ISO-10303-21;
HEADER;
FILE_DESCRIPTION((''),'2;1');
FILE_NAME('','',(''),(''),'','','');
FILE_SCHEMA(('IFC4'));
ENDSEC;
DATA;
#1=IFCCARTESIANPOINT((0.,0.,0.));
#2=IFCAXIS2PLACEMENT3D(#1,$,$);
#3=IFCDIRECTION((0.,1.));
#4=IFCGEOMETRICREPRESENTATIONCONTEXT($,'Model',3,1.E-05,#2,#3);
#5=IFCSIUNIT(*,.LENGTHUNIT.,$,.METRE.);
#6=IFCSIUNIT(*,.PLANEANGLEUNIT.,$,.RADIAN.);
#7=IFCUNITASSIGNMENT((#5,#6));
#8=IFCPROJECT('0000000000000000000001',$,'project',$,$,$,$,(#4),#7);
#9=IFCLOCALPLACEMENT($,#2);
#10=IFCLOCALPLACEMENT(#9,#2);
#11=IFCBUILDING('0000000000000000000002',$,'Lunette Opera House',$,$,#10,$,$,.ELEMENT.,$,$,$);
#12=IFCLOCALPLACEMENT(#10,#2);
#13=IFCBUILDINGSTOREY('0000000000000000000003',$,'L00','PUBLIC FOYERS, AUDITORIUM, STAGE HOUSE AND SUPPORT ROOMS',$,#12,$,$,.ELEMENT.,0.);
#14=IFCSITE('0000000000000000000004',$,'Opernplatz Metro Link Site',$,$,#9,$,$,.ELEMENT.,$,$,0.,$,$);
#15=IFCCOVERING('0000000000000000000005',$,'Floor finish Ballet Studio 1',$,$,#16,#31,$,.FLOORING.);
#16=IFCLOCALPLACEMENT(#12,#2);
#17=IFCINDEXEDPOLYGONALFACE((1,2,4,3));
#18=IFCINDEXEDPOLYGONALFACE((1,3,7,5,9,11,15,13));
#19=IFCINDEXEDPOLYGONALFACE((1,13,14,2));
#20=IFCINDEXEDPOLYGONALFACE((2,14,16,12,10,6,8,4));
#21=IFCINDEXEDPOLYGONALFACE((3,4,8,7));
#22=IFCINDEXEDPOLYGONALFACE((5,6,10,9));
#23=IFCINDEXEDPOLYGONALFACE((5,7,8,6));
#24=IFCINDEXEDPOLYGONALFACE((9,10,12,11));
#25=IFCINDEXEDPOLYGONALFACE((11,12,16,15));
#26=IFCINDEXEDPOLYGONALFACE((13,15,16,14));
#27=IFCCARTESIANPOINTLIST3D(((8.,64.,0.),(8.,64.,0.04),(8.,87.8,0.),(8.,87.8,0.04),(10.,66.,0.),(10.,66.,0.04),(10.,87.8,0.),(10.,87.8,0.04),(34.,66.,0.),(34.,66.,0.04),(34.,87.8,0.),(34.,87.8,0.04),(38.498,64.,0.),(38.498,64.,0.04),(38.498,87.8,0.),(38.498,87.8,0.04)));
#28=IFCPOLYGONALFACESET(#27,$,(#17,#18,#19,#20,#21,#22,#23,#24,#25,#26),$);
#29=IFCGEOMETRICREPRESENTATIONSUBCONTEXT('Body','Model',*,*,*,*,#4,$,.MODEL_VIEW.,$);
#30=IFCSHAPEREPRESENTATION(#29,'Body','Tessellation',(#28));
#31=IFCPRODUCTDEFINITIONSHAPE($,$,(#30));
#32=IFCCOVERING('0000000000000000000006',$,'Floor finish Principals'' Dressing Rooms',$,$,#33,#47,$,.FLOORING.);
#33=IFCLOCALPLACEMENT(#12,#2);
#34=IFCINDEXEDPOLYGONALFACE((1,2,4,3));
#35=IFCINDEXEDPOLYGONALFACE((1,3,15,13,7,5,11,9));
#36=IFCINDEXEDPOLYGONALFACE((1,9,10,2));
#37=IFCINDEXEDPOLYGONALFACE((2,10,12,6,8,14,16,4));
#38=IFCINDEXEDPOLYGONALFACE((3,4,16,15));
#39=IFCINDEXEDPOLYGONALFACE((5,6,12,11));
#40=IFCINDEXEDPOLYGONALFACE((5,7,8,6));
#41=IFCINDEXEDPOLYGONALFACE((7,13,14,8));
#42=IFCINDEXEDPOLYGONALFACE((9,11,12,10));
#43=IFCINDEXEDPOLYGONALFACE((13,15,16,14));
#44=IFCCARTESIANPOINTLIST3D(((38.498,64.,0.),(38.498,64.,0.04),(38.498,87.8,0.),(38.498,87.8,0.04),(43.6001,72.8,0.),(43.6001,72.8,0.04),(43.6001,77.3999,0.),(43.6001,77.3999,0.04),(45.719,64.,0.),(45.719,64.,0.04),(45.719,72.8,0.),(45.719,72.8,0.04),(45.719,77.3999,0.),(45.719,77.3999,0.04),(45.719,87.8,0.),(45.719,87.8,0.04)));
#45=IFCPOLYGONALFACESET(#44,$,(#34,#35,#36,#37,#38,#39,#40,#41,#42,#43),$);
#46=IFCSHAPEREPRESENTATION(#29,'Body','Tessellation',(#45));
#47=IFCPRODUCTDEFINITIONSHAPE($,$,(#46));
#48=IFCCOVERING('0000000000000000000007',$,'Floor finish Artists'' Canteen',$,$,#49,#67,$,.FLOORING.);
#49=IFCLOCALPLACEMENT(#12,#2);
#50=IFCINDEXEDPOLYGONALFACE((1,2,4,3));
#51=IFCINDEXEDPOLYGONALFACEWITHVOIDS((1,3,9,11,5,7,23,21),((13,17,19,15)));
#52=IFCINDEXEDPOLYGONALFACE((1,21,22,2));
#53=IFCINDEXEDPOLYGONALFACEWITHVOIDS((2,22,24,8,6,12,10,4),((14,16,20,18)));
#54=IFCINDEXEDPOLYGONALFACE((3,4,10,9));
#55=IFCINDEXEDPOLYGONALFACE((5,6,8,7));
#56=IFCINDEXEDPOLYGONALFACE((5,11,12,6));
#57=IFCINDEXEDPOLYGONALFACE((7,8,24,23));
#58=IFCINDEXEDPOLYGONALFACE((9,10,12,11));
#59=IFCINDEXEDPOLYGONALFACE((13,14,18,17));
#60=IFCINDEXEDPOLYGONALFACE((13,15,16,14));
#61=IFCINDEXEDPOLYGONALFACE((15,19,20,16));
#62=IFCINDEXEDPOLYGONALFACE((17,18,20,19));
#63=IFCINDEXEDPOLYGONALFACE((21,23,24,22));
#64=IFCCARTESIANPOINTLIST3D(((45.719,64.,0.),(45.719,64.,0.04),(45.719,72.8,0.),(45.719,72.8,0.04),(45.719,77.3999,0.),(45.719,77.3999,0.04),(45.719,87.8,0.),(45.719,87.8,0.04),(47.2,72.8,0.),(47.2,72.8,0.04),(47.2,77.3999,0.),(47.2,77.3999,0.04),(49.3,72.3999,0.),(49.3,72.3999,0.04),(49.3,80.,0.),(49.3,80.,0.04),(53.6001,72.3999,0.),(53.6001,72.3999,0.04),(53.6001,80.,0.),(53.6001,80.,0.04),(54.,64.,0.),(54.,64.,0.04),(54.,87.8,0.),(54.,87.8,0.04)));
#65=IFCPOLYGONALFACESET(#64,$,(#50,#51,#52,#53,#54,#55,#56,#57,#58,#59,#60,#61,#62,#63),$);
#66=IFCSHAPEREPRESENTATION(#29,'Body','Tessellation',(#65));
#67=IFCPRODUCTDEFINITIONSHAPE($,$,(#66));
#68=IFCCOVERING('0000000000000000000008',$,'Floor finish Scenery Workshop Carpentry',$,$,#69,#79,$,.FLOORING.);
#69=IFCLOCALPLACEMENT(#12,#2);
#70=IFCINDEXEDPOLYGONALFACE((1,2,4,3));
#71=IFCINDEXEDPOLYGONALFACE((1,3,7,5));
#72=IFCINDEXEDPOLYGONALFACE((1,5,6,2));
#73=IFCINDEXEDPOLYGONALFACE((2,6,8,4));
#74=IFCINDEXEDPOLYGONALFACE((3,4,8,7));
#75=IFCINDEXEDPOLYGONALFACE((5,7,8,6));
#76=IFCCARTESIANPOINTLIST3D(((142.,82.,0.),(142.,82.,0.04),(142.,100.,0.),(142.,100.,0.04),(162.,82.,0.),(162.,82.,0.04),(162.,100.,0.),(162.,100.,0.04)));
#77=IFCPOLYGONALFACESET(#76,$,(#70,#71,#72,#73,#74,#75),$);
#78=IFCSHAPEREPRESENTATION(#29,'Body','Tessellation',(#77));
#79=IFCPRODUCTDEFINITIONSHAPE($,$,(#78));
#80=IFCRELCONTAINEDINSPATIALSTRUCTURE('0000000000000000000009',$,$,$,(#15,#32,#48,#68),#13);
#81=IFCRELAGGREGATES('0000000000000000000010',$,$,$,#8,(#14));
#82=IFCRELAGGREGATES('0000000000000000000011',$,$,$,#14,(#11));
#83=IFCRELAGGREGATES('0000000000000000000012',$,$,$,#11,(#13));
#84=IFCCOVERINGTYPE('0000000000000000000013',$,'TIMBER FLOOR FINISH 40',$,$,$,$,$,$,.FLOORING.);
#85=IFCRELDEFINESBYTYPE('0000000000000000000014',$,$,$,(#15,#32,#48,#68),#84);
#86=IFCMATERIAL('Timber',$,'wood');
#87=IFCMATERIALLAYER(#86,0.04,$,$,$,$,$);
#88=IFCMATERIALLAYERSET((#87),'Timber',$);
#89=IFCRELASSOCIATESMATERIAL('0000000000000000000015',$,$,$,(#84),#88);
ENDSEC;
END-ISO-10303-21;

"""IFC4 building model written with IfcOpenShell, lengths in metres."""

from ifc_helpers import new_model, si_unit, direction, origin, place, context, subcontext, project, spatial, polyline, outline, extrude, material, layer, layer_set, type_object, element, save


model = new_model("IFC4")

# Units and contexts
model_context = context("Model", 3, precision=1e-05, world=origin(), true_north=direction((0.0, 1.0)))
body_context = subcontext(model_context, "Body", "Model", "MODEL_VIEW")
ifc_project = project(units=[si_unit("LENGTHUNIT", "METRE"), si_unit("PLANEANGLEUNIT", "RADIAN")], contexts=[model_context])

# Site, building, storey
site_placement = place(None, origin())
site = spatial("IfcSite", under=ifc_project, at=site_placement, Name="Opernplatz Metro Link Site", CompositionType="ELEMENT", RefElevation=0.0)
building_placement = place(site_placement, origin())
building = spatial("IfcBuilding", under=site, at=building_placement, Name="Lunette Opera House", CompositionType="ELEMENT")
storey_placement = place(building_placement, origin())
storey = spatial("IfcBuildingStorey", under=building, at=storey_placement, Name="L00", Description="PUBLIC FOYERS, AUDITORIUM, STAGE HOUSE AND SUPPORT ROOMS", CompositionType="ELEMENT", Elevation=0.0)

# Coverings
ifc_material_1 = material(Name="Timber", Category="wood")
ifc_layer_1 = layer(ifc_material_1, 0.04)
ifc_layer_set_1 = layer_set([ifc_layer_1], Name="Timber")
covering_type_1 = type_object("IfcCoveringType", Name="TIMBER FLOOR FINISH 40", PredefinedType="FLOORING", material=ifc_layer_set_1)
covering_1_placement = place(storey_placement, origin())
element("IfcCovering", 1, at=covering_1_placement, inside=storey, type_object=covering_type_1, Name="Floor finish Ballet Studio 1", PredefinedType="FLOORING", context=body_context, shape_type="SweptSolid", body=[
    extrude(outline(polyline([(8.0, 87.8), (10.0, 87.8), (10.0, 66.0), (34.0, 66.0), (34.0, 87.8), (38.498, 87.8), (38.498, 64.0), (8.0, 64.0), (8.0, 87.8)])), origin(), (0.0, 0.0, 1.0), 0.04),
])
covering_2_placement = place(storey_placement, origin())
element("IfcCovering", 2, at=covering_2_placement, inside=storey, type_object=covering_type_1, Name="Floor finish Principals' Dressing Rooms", PredefinedType="FLOORING", context=body_context, shape_type="SweptSolid", body=[
    extrude(outline(polyline([(38.498, 64.0), (38.498, 87.8), (45.719, 87.8), (45.719, 77.3999), (43.6001, 77.3999), (43.6001, 72.8), (45.719, 72.8), (45.719, 64.0), (38.498, 64.0)])), origin(), (0.0, 0.0, 1.0), 0.04),
])
covering_3_placement = place(storey_placement, origin())
element("IfcCovering", 3, at=covering_3_placement, inside=storey, type_object=covering_type_1, Name="Floor finish Artists' Canteen", PredefinedType="FLOORING", context=body_context, shape_type="SweptSolid", body=[
    extrude(outline(polyline([(54.0, 64.0), (45.719, 64.0), (45.719, 72.8), (47.2, 72.8), (47.2, 77.3999), (45.719, 77.3999), (45.719, 87.8), (54.0, 87.8), (54.0, 64.0)]), holes=[polyline([(53.6001, 80.0), (49.3, 80.0), (49.3, 72.3999), (53.6001, 72.3999), (53.6001, 80.0)])]), origin(), (0.0, 0.0, 1.0), 0.04),
])
covering_4_placement = place(storey_placement, origin())
element("IfcCovering", 4, at=covering_4_placement, inside=storey, type_object=covering_type_1, Name="Floor finish Scenery Workshop Carpentry", PredefinedType="FLOORING", context=body_context, shape_type="SweptSolid", body=[
    extrude(outline(polyline([(162.0, 82.0), (162.0, 100.0), (142.0, 100.0), (142.0, 82.0), (162.0, 82.0)])), origin(), (0.0, 0.0, 1.0), 0.04),
])

save(model, "model.ifc")
